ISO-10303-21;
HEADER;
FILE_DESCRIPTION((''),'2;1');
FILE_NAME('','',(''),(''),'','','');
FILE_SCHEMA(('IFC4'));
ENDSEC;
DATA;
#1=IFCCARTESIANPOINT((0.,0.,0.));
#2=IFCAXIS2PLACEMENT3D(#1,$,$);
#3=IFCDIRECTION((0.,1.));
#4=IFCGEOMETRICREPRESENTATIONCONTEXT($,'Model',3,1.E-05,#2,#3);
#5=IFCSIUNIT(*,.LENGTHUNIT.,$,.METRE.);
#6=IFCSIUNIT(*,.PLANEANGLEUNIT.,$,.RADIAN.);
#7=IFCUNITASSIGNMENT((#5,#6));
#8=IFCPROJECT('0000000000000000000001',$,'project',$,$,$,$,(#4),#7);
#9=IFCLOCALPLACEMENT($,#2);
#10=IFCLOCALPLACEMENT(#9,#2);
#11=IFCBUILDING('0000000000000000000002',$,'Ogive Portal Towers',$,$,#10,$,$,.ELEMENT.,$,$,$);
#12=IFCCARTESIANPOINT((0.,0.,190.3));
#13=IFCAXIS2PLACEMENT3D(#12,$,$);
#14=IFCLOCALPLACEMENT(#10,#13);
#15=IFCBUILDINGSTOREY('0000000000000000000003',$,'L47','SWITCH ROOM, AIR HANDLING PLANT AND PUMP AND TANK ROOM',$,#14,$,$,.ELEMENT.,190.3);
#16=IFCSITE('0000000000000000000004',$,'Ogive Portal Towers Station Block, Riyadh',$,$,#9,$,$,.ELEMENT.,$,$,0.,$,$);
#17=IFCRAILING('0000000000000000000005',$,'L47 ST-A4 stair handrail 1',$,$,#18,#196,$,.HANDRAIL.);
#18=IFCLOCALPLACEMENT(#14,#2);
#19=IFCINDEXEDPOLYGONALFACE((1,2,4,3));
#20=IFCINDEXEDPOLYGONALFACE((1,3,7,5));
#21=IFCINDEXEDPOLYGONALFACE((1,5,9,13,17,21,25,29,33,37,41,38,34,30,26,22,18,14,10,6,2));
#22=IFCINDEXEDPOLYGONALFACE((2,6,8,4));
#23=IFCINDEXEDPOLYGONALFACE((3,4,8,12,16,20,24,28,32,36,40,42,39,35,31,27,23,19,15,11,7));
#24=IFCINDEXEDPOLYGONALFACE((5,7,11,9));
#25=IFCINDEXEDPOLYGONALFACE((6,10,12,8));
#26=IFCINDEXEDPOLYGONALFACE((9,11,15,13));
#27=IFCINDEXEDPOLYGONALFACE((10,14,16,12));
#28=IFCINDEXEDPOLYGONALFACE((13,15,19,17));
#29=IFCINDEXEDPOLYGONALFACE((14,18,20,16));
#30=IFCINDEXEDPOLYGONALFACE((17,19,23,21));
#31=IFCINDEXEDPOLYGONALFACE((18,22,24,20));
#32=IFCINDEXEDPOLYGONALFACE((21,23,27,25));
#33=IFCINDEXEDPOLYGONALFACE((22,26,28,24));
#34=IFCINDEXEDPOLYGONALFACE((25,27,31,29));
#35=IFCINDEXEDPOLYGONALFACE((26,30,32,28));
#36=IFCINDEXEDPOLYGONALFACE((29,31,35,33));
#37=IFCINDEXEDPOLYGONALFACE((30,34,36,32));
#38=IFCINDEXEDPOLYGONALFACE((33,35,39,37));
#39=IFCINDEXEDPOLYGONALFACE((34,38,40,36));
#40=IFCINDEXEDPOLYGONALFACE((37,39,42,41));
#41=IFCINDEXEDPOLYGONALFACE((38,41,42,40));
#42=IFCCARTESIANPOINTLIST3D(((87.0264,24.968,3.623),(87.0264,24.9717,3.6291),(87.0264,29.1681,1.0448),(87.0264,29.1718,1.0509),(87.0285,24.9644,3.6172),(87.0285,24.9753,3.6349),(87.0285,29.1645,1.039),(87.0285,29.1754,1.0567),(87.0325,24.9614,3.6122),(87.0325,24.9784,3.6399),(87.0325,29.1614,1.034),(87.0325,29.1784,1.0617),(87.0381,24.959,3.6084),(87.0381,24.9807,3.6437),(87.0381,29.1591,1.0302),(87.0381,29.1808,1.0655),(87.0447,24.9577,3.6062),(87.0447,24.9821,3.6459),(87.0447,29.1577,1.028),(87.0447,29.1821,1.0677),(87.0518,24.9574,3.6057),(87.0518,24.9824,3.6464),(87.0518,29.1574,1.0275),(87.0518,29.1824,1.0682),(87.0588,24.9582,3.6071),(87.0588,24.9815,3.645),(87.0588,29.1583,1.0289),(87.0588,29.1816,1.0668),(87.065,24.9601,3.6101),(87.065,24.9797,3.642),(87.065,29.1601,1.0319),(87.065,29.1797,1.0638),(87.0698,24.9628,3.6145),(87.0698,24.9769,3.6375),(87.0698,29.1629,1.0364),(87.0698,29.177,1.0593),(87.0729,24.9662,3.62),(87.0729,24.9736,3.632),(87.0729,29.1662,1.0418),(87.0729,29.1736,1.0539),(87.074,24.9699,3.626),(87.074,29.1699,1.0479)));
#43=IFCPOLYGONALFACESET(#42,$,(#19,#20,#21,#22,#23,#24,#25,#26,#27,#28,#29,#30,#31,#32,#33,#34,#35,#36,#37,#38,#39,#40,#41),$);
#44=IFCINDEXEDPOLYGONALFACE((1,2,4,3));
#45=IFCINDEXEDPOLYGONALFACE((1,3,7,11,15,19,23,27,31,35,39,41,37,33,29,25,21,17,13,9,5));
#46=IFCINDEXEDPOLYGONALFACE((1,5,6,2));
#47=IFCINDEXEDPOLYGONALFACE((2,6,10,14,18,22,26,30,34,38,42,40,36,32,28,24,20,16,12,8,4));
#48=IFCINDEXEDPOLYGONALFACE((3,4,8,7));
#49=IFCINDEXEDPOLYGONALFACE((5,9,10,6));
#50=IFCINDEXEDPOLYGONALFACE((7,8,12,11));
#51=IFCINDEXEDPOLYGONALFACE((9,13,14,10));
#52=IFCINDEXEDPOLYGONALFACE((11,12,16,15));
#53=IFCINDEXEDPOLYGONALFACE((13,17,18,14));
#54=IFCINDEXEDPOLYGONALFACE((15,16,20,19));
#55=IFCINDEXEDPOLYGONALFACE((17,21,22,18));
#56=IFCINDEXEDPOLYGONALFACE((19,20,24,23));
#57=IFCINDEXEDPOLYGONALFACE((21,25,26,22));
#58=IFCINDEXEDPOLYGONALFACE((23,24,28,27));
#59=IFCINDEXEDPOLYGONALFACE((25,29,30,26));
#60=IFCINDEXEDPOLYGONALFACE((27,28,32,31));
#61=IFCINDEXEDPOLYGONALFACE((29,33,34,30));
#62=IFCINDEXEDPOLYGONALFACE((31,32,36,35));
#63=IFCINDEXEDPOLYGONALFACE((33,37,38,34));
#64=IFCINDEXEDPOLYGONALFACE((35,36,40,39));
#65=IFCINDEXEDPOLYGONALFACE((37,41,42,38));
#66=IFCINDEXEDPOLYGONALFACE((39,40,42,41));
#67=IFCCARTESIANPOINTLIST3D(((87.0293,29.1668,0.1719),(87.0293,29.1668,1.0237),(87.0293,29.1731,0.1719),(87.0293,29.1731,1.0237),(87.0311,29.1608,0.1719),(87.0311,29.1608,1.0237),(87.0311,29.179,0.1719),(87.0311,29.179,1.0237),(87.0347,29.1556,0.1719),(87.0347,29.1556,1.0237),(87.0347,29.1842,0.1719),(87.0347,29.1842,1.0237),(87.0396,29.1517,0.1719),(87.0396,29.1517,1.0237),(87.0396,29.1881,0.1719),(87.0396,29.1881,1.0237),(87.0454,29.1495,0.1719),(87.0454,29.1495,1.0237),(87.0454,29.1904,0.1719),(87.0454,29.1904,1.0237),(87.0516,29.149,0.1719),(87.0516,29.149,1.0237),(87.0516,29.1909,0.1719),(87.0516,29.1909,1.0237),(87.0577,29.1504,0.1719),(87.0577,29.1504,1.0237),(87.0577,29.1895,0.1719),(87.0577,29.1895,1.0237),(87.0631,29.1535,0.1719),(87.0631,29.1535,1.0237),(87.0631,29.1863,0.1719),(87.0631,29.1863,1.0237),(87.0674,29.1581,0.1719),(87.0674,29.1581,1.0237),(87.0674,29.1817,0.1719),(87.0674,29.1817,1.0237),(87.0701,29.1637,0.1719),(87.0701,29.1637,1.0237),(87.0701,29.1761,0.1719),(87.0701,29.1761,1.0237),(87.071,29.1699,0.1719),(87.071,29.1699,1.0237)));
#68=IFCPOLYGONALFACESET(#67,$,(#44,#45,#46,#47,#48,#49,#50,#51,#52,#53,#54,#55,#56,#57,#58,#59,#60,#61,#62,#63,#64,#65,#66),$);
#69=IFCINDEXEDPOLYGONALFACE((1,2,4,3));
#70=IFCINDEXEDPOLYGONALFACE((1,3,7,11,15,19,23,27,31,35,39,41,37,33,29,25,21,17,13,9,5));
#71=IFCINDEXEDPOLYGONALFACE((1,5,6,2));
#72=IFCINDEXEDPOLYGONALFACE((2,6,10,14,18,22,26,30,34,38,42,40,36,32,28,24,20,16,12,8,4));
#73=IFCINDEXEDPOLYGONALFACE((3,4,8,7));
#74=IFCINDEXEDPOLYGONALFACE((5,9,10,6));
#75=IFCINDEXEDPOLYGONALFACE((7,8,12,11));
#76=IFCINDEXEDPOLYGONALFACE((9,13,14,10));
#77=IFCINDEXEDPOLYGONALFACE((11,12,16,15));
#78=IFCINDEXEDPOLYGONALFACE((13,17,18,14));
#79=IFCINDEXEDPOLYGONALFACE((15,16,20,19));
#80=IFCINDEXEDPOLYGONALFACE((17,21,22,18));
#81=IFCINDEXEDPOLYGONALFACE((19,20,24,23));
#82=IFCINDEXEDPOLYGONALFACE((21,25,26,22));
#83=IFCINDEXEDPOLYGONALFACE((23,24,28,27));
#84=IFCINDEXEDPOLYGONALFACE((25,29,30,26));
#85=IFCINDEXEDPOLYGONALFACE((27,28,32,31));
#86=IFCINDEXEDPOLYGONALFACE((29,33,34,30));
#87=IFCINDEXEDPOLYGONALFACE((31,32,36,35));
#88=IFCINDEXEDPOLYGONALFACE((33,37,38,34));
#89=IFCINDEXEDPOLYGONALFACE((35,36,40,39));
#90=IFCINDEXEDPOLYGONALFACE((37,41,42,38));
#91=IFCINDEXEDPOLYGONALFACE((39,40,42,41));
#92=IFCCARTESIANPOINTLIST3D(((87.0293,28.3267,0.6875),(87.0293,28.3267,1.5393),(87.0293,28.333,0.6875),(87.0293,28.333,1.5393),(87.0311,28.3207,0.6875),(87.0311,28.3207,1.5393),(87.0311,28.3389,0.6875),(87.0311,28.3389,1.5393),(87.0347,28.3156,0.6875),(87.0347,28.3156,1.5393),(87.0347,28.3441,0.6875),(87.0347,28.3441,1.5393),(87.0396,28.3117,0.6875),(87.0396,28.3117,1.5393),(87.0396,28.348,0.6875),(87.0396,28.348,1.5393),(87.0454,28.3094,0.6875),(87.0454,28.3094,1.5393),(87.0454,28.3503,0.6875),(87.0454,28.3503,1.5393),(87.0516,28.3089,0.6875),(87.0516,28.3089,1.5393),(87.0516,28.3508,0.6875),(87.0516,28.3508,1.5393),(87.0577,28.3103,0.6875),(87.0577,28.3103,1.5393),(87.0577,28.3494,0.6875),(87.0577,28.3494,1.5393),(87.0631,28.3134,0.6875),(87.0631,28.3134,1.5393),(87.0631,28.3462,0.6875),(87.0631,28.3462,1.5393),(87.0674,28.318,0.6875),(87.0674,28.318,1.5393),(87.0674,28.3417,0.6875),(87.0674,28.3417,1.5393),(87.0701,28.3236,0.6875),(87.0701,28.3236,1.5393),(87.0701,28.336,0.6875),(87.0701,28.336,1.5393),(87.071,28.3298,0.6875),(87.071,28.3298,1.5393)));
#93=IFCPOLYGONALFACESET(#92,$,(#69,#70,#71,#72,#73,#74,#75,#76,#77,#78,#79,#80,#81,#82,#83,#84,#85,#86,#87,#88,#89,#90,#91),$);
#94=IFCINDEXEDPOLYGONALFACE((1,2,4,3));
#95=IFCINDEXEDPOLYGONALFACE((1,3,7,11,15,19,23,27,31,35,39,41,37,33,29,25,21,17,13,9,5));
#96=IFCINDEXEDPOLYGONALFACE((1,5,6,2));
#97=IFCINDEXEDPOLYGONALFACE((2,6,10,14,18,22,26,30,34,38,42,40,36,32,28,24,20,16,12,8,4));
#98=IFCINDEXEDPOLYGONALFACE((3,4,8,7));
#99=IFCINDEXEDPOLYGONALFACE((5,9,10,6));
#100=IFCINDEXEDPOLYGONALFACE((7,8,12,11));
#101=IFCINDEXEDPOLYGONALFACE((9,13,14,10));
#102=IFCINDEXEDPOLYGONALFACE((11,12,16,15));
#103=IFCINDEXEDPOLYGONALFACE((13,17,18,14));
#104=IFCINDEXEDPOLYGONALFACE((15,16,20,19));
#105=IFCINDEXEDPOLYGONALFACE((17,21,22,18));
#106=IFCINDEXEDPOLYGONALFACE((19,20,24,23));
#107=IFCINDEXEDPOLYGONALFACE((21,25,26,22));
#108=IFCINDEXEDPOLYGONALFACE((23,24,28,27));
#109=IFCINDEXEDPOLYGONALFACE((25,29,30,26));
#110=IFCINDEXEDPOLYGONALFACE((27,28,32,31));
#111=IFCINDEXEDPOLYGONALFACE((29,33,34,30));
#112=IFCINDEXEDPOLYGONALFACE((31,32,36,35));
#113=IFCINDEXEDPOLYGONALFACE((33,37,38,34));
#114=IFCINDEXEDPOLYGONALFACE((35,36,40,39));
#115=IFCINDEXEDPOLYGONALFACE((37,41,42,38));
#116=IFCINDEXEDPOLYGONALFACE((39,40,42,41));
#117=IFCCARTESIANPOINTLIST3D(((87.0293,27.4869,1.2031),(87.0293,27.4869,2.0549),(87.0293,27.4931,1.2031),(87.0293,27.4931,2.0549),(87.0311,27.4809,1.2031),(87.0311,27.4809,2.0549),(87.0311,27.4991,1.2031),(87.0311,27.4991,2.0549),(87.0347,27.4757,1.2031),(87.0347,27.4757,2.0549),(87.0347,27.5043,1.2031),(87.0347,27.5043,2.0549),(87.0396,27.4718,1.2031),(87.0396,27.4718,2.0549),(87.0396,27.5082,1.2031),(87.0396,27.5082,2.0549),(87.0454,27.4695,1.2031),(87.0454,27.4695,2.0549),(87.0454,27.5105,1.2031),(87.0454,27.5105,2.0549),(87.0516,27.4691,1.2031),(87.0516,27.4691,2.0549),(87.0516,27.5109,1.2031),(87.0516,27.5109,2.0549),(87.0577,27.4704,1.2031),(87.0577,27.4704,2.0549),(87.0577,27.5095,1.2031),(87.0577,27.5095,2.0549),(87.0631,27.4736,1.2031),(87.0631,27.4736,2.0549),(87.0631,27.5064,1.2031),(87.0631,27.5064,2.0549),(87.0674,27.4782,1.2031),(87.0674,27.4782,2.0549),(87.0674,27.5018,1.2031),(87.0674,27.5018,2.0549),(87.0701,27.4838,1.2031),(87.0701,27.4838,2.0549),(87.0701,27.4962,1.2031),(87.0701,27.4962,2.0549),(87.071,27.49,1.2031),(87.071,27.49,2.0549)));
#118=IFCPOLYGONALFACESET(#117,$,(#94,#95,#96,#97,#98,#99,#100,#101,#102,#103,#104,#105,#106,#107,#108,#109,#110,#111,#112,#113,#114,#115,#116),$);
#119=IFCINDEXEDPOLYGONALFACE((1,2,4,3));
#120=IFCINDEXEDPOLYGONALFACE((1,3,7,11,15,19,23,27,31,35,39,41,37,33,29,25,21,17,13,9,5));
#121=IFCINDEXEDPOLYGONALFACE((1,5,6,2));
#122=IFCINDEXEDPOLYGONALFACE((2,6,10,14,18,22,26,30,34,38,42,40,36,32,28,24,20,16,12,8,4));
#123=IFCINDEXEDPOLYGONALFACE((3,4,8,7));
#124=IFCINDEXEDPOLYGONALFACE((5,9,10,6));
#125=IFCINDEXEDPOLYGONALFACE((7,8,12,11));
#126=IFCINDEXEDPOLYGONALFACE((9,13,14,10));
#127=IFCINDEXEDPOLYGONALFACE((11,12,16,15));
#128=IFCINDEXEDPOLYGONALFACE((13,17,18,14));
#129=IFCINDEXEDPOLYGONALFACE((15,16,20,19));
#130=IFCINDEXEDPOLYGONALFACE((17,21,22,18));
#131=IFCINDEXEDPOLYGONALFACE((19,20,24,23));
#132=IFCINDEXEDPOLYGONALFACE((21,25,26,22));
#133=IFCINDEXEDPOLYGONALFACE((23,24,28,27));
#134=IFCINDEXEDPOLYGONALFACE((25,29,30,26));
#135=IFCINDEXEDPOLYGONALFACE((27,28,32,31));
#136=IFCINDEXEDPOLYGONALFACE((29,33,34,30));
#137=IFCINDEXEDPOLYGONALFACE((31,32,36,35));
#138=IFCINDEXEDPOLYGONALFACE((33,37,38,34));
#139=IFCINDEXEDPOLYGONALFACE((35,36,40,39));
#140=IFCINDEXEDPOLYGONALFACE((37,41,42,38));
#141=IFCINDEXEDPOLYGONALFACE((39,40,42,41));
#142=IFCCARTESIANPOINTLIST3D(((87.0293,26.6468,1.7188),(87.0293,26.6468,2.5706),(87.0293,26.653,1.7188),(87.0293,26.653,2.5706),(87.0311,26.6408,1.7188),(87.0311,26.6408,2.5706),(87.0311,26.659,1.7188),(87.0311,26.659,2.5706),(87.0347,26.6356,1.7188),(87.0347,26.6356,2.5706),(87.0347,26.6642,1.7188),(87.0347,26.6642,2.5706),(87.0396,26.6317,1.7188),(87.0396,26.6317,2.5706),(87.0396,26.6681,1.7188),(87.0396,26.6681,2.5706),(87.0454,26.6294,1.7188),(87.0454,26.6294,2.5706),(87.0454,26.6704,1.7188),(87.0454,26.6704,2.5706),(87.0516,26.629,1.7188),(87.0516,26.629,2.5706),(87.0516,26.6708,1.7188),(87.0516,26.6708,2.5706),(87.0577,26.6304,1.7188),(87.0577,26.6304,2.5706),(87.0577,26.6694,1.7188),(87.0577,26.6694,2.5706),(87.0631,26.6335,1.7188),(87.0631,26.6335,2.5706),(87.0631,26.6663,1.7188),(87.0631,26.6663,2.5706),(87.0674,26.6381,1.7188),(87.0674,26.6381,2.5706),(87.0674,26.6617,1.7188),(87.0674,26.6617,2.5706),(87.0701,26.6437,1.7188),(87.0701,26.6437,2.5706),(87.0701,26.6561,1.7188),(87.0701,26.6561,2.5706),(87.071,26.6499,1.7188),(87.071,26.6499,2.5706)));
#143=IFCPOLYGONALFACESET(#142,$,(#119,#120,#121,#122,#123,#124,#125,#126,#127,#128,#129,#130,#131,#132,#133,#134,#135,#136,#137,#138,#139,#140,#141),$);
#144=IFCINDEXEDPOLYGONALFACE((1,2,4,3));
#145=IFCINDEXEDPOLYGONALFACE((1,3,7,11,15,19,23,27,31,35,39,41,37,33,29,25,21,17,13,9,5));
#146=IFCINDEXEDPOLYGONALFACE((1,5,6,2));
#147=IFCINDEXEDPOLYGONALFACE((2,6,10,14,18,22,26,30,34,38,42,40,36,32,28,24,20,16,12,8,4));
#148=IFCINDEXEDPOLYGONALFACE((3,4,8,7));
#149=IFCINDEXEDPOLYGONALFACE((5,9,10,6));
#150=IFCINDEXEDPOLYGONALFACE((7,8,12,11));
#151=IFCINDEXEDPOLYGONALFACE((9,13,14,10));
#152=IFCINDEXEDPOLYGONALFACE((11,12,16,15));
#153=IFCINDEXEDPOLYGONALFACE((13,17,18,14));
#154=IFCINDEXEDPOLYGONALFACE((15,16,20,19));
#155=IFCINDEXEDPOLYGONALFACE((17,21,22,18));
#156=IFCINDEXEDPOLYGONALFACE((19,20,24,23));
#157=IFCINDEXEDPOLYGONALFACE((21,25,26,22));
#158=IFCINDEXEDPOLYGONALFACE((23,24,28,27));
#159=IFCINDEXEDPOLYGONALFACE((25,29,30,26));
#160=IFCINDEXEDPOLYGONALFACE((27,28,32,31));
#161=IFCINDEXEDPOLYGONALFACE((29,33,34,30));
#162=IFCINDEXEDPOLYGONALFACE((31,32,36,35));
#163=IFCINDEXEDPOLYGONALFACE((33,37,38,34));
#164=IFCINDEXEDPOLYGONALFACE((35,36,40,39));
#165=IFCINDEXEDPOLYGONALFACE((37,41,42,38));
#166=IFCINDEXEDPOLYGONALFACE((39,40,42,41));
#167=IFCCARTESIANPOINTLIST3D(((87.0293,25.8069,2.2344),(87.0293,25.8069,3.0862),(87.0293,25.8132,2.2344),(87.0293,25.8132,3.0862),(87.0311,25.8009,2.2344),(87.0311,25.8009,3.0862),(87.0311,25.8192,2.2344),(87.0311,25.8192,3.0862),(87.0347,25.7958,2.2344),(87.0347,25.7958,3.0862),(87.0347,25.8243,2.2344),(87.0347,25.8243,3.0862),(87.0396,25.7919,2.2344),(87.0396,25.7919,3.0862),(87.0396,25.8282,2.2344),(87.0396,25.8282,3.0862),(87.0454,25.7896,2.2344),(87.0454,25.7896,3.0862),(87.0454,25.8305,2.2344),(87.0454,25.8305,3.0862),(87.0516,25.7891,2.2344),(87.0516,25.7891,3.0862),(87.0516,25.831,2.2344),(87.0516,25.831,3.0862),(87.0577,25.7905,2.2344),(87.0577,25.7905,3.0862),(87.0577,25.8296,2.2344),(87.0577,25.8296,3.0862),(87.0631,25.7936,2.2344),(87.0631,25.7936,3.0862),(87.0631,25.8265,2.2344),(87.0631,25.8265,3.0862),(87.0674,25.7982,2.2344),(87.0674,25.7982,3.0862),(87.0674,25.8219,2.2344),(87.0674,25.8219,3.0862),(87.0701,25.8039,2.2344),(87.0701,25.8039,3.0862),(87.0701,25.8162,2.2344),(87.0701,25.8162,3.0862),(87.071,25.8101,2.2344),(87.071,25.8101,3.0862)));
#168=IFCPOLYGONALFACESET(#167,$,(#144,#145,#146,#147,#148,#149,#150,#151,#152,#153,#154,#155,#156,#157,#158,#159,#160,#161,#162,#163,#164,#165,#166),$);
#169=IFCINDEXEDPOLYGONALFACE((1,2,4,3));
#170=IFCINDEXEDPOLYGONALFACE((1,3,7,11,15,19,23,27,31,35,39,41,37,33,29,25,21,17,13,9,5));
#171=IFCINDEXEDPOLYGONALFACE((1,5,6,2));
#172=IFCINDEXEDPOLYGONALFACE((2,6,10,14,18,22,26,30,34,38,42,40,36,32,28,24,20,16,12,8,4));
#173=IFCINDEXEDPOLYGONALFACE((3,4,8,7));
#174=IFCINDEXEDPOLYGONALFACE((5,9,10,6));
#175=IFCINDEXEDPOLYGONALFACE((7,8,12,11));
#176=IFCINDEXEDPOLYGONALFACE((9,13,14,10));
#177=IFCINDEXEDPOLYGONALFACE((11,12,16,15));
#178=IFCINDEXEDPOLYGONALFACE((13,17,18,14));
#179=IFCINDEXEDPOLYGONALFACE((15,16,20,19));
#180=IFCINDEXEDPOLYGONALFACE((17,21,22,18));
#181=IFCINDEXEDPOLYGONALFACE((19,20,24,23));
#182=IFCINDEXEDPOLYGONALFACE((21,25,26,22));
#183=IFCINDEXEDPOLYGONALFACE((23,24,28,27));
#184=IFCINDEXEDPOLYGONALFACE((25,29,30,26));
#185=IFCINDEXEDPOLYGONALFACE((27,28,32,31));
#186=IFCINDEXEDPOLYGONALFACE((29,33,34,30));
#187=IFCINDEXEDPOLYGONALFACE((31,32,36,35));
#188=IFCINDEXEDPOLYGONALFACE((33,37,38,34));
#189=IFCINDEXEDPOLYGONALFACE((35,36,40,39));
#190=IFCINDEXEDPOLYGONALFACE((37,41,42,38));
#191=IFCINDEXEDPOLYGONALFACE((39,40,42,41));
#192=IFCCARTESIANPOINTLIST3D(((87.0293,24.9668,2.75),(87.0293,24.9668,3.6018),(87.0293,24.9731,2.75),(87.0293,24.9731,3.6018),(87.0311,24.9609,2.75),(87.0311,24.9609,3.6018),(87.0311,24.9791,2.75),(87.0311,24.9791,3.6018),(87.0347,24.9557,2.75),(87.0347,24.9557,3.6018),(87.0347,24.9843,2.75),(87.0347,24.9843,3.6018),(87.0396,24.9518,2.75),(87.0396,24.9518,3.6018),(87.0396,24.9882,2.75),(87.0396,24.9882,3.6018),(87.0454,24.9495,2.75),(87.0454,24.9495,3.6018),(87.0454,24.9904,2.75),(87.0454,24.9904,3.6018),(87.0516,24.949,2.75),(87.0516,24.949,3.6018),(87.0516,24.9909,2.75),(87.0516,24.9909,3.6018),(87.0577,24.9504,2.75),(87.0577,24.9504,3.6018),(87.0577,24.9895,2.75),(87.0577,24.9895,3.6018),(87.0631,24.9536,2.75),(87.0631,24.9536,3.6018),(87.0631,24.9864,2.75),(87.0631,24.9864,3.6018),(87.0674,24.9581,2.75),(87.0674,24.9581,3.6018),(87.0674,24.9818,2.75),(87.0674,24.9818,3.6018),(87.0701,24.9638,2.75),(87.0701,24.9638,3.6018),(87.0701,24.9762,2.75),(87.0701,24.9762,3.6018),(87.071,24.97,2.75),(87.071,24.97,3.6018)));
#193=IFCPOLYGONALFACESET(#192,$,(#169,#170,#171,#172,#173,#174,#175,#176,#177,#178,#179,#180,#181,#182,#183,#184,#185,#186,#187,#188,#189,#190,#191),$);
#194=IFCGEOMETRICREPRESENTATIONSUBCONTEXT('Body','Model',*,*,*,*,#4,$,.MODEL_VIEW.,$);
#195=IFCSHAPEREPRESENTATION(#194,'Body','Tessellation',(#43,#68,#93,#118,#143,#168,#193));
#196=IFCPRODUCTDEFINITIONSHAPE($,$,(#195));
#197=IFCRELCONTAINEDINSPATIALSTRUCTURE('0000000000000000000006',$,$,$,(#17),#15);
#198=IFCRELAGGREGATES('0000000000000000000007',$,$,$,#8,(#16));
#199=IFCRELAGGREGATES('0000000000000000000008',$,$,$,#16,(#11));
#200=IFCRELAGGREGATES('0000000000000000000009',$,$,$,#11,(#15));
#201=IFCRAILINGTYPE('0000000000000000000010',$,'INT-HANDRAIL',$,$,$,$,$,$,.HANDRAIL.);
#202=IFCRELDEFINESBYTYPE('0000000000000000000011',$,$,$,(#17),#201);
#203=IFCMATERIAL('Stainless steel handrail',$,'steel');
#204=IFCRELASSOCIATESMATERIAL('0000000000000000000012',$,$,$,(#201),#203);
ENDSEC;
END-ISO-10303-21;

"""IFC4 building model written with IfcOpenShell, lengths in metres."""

from ifc_helpers import new_model, si_unit, direction, frame, origin, origin_2d, place, context, subcontext, project, spatial, circle, extrude, material, type_object, element, save


model = new_model("IFC4")

# Units and contexts
model_context = context("Model", 3, precision=1e-05, world=origin(), true_north=direction((0.0, 1.0)))
body_context = subcontext(model_context, "Body", "Model", "MODEL_VIEW")
ifc_project = project(units=[si_unit("LENGTHUNIT", "METRE"), si_unit("PLANEANGLEUNIT", "RADIAN")], contexts=[model_context])

# Site, building, storey
site_placement = place(None, origin())
site = spatial("IfcSite", under=ifc_project, at=site_placement, Name="Ogive Portal Towers Station Block, Riyadh", CompositionType="ELEMENT", RefElevation=0.0)
building_placement = place(site_placement, origin())
building = spatial("IfcBuilding", under=site, at=building_placement, Name="Ogive Portal Towers", CompositionType="ELEMENT")
storey_placement = place(building_placement, frame((0.0, 0.0, 190.3)))
storey = spatial("IfcBuildingStorey", under=building, at=storey_placement, Name="L47", Description="SWITCH ROOM, AIR HANDLING PLANT AND PUMP AND TANK ROOM", CompositionType="ELEMENT", Elevation=190.3)

# Railing
ifc_material_1 = material(Name="Stainless steel handrail", Category="steel")
railing_type_1 = type_object("IfcRailingType", Name="INT-HANDRAIL", PredefinedType="HANDRAIL", material=ifc_material_1)
railing_1_placement = place(storey_placement, frame((87.05, 29.1699, 0.1719)))
element("IfcRailing", 1, at=railing_1_placement, inside=storey, type_object=railing_type_1, Name="L47 ST-A4 stair handrail 1", PredefinedType="HANDRAIL", context=body_context, shape_type="SweptSolid", body=[
    extrude(circle(Radius=0.0239, at=origin_2d()), frame((0.0, 0.0, 0.876), z_axis=(0.0, -0.852243, 0.523146), x_axis=(1.0, 0.0, 0.0)), (0.0, 0.0, 1.0), 4.9282),
    extrude(circle(Radius=0.021, at=origin_2d()), origin(), (0.0, 0.0, 1.0), 0.8518),
    extrude(circle(Radius=0.021, at=origin_2d()), frame((0.0, -0.8401, 0.5156)), (0.0, 0.0, 1.0), 0.8518),
    extrude(circle(Radius=0.021, at=origin_2d()), frame((0.0, -1.6799, 1.0312)), (0.0, 0.0, 1.0), 0.8518),
    extrude(circle(Radius=0.021, at=origin_2d()), frame((0.0, -2.52, 1.5469)), (0.0, 0.0, 1.0), 0.8518),
    extrude(circle(Radius=0.021, at=origin_2d()), frame((0.0, -3.3599, 2.0625)), (0.0, 0.0, 1.0), 0.8518),
    extrude(circle(Radius=0.021, at=origin_2d()), frame((0.0, -4.2, 2.5781)), (0.0, 0.0, 1.0), 0.8518),
])

save(model, "model.ifc")
